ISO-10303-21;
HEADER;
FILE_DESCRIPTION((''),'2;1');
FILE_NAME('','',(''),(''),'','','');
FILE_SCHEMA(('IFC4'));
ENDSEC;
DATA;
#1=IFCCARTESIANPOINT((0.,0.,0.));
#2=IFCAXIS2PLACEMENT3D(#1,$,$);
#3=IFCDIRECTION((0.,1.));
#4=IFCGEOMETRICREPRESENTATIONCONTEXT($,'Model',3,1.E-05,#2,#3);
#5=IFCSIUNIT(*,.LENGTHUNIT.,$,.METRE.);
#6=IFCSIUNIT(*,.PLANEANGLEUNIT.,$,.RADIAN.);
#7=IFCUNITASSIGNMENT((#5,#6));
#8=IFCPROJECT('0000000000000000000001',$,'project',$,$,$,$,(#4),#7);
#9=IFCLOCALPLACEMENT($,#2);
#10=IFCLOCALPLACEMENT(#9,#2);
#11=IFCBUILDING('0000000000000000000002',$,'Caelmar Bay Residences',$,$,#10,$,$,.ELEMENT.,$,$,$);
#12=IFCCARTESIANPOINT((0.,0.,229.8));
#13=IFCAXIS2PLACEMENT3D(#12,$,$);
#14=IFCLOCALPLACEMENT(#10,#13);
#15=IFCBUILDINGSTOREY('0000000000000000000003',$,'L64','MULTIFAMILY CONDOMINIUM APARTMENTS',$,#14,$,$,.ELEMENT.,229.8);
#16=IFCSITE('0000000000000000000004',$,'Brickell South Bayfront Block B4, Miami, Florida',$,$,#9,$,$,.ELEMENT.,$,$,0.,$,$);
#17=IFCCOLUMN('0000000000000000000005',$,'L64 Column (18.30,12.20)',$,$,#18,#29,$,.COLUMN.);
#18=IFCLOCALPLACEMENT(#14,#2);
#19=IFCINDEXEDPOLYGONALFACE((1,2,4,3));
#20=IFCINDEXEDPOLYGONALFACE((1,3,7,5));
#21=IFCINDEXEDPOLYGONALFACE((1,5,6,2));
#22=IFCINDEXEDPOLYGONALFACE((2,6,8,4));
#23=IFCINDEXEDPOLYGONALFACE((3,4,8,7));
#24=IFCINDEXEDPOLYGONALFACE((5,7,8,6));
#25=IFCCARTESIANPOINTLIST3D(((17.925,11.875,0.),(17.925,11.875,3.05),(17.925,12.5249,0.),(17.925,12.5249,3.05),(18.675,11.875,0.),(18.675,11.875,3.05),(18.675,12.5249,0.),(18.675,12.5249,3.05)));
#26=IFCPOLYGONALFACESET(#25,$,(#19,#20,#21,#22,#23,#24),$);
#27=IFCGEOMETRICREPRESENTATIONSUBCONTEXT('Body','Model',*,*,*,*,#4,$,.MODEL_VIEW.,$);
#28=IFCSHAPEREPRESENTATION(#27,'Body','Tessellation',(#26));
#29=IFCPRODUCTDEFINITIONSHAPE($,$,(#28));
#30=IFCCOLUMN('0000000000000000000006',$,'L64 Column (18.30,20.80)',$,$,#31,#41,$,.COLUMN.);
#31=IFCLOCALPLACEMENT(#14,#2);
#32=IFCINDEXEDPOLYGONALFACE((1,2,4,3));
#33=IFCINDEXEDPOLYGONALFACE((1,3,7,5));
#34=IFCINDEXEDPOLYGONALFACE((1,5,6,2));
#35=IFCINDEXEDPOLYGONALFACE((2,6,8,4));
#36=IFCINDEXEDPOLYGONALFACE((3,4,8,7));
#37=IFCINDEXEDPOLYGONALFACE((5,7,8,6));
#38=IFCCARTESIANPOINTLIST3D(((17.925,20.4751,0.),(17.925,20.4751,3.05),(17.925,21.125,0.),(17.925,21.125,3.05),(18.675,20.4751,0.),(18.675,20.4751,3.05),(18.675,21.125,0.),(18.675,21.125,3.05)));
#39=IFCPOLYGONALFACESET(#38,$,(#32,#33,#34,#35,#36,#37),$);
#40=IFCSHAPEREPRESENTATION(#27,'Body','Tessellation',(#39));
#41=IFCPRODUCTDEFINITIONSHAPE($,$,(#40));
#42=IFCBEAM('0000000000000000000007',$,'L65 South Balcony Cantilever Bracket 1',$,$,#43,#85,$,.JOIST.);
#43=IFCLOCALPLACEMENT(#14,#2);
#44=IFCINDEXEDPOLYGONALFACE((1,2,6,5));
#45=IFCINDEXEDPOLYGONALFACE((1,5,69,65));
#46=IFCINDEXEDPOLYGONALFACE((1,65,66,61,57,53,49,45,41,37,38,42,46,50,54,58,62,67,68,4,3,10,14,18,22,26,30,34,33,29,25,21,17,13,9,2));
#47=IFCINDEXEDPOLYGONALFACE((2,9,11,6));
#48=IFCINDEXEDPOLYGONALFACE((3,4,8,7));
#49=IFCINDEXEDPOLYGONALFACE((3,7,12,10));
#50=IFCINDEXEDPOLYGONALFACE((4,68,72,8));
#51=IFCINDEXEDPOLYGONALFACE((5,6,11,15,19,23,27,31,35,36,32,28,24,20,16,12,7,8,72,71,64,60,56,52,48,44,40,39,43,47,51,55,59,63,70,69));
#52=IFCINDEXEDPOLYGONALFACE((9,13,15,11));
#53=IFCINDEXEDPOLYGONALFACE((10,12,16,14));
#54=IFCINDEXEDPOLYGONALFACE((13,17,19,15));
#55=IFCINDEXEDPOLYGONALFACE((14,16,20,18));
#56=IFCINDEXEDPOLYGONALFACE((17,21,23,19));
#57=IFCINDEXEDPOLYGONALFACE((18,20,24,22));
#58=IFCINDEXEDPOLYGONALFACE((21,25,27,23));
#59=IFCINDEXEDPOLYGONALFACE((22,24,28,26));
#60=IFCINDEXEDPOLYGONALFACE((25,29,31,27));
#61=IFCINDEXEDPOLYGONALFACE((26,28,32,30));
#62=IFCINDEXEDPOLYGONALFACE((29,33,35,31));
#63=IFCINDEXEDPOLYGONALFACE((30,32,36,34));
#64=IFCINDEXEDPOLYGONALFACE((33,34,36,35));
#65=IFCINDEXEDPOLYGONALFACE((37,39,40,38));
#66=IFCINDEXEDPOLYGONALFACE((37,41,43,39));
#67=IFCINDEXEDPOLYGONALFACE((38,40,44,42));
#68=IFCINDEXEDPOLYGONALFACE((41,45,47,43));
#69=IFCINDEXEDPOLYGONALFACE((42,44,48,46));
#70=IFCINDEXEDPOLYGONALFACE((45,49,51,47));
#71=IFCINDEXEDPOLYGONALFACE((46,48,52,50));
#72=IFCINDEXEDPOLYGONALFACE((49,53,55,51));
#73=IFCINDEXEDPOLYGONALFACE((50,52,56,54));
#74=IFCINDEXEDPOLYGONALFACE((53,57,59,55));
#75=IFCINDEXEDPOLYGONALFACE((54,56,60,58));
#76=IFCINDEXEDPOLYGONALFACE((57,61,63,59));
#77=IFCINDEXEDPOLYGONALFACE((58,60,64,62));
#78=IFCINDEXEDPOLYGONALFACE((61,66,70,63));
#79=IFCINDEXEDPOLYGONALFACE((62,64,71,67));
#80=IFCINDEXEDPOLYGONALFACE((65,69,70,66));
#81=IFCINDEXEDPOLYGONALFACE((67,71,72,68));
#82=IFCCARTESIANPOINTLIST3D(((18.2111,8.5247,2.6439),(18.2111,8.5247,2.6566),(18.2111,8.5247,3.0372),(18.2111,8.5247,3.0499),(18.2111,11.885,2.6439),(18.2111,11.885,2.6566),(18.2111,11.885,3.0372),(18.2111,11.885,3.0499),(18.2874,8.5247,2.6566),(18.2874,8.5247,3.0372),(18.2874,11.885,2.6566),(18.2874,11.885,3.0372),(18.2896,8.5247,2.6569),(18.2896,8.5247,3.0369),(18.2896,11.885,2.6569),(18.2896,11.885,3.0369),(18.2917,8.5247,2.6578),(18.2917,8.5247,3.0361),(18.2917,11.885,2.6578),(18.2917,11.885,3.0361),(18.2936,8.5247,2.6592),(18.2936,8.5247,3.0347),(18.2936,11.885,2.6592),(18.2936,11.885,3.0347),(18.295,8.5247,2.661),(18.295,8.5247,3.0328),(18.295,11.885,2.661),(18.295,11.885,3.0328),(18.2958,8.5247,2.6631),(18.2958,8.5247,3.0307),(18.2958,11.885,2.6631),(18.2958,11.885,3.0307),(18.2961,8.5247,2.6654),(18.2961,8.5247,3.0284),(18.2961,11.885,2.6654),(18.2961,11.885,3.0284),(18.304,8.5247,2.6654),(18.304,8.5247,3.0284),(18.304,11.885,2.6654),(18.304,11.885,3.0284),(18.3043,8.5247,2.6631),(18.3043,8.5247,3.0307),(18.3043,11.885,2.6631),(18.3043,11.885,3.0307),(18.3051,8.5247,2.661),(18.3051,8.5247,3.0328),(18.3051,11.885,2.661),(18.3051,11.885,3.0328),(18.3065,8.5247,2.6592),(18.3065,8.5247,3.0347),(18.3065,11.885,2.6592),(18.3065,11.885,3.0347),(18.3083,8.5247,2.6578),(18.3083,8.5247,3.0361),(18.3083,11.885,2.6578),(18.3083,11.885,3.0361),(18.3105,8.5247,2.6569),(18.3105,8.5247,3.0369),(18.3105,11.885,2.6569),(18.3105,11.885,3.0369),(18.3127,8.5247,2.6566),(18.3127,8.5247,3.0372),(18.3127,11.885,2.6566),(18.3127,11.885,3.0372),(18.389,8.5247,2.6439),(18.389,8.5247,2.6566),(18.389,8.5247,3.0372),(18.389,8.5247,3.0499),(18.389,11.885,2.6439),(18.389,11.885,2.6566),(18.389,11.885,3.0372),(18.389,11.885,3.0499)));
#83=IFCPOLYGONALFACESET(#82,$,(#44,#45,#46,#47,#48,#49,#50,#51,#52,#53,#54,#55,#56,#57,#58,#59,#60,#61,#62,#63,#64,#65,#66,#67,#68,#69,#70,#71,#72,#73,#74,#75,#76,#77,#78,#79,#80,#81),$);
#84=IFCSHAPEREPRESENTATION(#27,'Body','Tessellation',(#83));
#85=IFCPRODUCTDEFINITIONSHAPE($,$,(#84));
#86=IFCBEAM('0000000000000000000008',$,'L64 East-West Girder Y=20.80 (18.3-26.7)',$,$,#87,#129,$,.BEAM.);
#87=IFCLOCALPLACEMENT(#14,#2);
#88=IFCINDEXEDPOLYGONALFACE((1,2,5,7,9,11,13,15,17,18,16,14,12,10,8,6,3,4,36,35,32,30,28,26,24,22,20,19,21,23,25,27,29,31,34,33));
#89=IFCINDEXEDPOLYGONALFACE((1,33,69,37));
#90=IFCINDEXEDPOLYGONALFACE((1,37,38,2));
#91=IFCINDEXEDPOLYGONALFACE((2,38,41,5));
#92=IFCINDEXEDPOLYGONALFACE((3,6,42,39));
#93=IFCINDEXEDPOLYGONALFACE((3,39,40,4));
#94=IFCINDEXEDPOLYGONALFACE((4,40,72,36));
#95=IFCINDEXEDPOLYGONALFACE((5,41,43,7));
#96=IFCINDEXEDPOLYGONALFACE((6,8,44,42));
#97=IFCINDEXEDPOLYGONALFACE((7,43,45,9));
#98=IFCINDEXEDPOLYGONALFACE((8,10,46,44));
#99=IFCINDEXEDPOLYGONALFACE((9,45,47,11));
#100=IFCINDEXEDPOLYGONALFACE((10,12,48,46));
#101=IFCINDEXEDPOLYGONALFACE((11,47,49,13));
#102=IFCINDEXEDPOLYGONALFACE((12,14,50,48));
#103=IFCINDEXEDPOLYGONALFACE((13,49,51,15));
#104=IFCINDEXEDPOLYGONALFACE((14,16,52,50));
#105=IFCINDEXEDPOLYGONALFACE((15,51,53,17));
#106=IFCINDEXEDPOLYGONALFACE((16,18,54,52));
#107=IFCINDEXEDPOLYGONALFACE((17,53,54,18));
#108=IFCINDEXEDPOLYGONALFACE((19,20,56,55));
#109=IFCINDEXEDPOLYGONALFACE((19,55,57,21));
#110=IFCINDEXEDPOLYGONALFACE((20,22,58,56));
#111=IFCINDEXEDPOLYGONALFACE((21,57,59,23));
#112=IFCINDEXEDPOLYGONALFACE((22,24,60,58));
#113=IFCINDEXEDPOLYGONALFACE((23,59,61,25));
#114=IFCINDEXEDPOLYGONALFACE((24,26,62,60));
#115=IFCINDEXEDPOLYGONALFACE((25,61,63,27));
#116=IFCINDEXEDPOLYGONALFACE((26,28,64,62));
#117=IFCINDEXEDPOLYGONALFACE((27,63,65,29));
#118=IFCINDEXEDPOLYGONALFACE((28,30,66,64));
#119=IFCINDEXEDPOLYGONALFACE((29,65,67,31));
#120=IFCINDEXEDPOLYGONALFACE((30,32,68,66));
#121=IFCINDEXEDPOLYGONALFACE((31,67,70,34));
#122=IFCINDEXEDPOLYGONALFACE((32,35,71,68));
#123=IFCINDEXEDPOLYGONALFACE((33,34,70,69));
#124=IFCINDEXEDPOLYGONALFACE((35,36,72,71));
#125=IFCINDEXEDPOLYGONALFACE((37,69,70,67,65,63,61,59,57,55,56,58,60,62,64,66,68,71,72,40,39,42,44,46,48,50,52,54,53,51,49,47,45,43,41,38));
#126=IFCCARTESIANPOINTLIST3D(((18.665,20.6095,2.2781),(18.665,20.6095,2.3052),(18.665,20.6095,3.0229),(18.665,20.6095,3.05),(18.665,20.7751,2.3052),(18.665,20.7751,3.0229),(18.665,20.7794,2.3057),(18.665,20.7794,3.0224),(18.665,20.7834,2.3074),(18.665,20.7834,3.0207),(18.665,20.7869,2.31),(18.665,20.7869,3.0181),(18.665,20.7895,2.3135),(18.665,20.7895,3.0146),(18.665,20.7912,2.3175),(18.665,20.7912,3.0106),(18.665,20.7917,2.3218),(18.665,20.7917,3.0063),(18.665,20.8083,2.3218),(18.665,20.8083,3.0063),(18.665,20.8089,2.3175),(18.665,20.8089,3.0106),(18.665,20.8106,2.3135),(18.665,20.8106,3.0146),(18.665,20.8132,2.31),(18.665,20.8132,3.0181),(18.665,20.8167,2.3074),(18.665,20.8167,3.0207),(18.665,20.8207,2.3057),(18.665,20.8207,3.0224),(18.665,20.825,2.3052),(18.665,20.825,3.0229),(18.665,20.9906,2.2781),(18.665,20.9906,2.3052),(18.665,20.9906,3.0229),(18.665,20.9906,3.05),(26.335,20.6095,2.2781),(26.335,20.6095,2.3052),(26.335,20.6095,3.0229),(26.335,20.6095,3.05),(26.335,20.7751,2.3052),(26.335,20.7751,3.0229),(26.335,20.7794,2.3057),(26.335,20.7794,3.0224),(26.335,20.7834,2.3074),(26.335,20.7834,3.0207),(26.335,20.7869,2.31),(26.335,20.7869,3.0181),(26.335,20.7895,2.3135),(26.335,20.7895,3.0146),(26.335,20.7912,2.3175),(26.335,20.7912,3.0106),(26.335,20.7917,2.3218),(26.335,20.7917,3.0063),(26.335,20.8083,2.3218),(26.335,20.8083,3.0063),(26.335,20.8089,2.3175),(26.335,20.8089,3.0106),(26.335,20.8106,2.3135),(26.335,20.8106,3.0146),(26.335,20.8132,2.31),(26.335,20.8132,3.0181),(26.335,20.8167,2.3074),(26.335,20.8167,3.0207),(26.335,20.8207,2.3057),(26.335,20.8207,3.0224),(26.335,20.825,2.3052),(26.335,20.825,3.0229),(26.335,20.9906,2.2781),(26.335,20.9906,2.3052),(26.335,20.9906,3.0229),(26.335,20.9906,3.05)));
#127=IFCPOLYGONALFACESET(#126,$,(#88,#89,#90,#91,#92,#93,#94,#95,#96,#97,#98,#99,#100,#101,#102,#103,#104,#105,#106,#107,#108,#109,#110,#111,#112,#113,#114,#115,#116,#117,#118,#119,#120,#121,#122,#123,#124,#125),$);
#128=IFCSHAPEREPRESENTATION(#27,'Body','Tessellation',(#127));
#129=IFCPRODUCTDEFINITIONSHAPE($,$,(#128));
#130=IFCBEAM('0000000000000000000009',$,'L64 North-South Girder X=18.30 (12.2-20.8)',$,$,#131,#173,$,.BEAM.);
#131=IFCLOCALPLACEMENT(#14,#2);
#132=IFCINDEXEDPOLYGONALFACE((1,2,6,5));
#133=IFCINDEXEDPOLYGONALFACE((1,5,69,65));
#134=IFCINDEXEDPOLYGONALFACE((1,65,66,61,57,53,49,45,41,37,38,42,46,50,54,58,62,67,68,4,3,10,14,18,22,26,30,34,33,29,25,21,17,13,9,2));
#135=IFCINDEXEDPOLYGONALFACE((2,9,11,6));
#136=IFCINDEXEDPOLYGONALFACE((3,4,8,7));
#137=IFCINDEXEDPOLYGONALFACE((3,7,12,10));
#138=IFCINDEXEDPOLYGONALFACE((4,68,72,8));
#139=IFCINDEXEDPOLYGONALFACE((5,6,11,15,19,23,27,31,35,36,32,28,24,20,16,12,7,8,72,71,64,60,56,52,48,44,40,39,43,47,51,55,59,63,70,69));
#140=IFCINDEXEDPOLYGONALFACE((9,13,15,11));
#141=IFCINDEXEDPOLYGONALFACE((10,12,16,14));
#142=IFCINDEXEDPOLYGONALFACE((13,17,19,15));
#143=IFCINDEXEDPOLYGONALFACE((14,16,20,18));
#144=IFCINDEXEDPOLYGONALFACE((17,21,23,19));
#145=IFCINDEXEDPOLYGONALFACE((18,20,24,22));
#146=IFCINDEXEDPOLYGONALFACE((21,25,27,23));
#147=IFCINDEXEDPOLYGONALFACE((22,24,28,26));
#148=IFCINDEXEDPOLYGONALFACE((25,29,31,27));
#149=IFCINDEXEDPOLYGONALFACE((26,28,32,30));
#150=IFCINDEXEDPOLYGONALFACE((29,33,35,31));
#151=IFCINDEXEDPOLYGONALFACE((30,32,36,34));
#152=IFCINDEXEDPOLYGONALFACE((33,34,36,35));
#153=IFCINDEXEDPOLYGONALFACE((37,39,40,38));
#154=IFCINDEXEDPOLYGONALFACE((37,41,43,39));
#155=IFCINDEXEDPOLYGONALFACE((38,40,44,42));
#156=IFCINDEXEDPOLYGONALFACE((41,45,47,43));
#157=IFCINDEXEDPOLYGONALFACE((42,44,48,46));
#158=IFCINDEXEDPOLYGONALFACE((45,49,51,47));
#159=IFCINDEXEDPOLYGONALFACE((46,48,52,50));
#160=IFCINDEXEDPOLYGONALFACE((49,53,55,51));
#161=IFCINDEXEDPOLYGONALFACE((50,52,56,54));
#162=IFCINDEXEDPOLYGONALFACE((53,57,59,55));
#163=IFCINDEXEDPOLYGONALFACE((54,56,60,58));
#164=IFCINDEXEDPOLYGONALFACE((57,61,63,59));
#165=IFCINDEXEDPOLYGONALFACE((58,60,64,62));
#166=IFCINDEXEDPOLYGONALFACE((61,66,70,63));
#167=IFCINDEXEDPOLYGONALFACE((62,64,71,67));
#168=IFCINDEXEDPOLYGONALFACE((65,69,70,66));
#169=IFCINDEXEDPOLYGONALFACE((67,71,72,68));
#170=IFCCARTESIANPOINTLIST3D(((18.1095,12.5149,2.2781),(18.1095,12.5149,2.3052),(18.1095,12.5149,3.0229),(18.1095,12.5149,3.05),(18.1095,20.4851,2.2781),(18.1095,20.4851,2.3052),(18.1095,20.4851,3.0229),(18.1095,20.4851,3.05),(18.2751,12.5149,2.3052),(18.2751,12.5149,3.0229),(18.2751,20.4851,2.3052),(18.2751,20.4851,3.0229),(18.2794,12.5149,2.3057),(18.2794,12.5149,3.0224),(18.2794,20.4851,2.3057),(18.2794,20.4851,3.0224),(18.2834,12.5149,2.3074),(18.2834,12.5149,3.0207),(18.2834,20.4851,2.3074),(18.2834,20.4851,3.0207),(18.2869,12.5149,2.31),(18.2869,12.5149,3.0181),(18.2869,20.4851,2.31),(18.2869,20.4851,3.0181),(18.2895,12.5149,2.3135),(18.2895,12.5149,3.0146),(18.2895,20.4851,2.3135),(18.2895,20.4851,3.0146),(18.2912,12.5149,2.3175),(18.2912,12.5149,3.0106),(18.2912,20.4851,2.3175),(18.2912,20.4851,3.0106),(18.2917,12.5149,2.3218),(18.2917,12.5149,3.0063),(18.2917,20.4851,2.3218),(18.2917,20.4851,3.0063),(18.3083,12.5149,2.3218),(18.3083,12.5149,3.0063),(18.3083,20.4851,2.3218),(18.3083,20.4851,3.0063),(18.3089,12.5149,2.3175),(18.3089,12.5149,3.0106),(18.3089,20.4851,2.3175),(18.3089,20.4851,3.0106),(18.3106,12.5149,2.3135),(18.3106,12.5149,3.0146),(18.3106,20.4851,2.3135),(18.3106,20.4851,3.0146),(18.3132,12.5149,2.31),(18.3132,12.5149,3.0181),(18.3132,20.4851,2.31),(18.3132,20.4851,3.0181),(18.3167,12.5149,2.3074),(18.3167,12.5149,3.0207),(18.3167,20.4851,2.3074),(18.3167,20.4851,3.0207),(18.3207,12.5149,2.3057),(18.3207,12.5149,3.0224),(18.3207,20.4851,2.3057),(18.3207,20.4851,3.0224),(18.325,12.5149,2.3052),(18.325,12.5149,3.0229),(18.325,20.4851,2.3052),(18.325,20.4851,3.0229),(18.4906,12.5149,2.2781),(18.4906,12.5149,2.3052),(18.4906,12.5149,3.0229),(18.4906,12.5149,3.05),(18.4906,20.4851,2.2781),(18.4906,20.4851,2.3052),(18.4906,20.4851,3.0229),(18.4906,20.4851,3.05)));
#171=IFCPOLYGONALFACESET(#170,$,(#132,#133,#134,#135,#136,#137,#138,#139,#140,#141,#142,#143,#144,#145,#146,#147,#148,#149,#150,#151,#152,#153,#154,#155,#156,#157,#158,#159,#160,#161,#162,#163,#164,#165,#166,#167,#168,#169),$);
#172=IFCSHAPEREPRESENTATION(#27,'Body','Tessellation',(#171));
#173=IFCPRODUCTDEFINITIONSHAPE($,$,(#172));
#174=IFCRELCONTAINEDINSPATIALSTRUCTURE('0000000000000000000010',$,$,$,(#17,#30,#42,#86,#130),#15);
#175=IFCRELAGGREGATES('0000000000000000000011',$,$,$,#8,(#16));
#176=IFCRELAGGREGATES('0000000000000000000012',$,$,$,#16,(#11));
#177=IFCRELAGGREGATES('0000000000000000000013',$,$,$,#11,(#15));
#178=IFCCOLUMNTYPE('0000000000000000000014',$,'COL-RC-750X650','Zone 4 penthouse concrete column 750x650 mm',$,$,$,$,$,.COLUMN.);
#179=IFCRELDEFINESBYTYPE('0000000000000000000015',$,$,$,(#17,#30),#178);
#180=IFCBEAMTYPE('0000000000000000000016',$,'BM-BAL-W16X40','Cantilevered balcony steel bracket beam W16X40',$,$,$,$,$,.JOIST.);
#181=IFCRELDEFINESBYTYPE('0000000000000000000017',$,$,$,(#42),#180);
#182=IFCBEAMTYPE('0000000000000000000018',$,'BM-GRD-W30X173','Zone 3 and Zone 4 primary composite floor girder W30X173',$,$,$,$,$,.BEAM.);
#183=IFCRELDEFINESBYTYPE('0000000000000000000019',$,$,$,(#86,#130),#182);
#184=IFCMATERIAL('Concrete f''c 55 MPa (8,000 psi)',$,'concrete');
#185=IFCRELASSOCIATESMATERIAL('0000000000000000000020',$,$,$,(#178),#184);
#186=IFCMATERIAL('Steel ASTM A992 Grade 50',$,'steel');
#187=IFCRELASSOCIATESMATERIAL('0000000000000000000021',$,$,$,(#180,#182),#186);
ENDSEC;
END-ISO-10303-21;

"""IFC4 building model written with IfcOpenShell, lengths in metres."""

from ifc_helpers import new_model, si_unit, direction, frame, origin, origin_2d, place, context, subcontext, project, spatial, rectangle, i_section, extrude, material, material_profile, profile_set, type_object, element, save


model = new_model("IFC4")

# Units and contexts
model_context = context("Model", 3, precision=1e-05, world=origin(), true_north=direction((0.0, 1.0)))
body_context = subcontext(model_context, "Body", "Model", "MODEL_VIEW")
ifc_project = project(units=[si_unit("LENGTHUNIT", "METRE"), si_unit("PLANEANGLEUNIT", "RADIAN")], contexts=[model_context])

# Site, building, storey
site_placement = place(None, origin())
site = spatial("IfcSite", under=ifc_project, at=site_placement, Name="Brickell South Bayfront Block B4, Miami, Florida", CompositionType="ELEMENT", RefElevation=0.0)
building_placement = place(site_placement, origin())
building = spatial("IfcBuilding", under=site, at=building_placement, Name="Caelmar Bay Residences", CompositionType="ELEMENT")
storey_placement = place(building_placement, frame((0.0, 0.0, 229.8)))
storey = spatial("IfcBuildingStorey", under=building, at=storey_placement, Name="L64", Description="MULTIFAMILY CONDOMINIUM APARTMENTS", CompositionType="ELEMENT", Elevation=229.8)

# Columns
ifc_material_1 = material(Name="Concrete f'c 55 MPa (8,000 psi)", Category="concrete")
ifc_material_profile_1 = material_profile(ifc_material_1, rectangle(XDim=0.75, YDim=0.6499, at=origin_2d()), Name="RC-COL-750X650")
ifc_profile_set_1 = profile_set([ifc_material_profile_1], Name="Concrete f'c 55 MPa (8,000 psi)")
column_type = type_object("IfcColumnType", Name="COL-RC-750X650", Description="Zone 4 penthouse concrete column 750x650 mm", PredefinedType="COLUMN", material=ifc_profile_set_1)
for number, where, z_axis, x_axis, name in (
    (1, (18.3, 12.2, 0.0), (0.0, 0.0, 1.0), (1.0, 0.0, 0.0), "L64 Column (18.30,12.20)"),
    (2, (18.3, 20.8, 0.0), (0.0, 0.0, 1.0), (1.0, 0.0, 0.0), "L64 Column (18.30,20.80)"),
):
    element("IfcColumn", number, at=place(storey_placement, frame(where, z_axis=z_axis, x_axis=x_axis)), inside=storey, type_object=column_type, Name=name, PredefinedType="COLUMN", context=body_context, shape_type="SweptSolid", body=[
        extrude(rectangle(XDim=0.75, YDim=0.6499, at=origin_2d()), origin(), (0.0, 0.0, 1.0), 3.05),
    ])

# Beams
ifc_material_2 = material(Name="Steel ASTM A992 Grade 50", Category="steel")
ifc_material_profile_2 = material_profile(ifc_material_2, i_section(OverallWidth=0.178, OverallDepth=0.406, WebThickness=0.0078, FlangeThickness=0.0127, FilletRadius=0.0088, at=origin_2d()), Name="W16X40")
ifc_profile_set_2 = profile_set([ifc_material_profile_2], Name="Steel ASTM A992 Grade 50")
beam_type_1 = type_object("IfcBeamType", Name="BM-BAL-W16X40", Description="Cantilevered balcony steel bracket beam W16X40", PredefinedType="JOIST", material=ifc_profile_set_2)
beam_1_placement = place(storey_placement, frame((18.3, 11.885, 2.8469), z_axis=(0.0, -1.0, 0.0), x_axis=(1.0, 0.0, 0.0)))
element("IfcBeam", 3, at=beam_1_placement, inside=storey, type_object=beam_type_1, Name="L65 South Balcony Cantilever Bracket 1", PredefinedType="JOIST", context=body_context, shape_type="SweptSolid", body=[
    extrude(i_section(OverallWidth=0.178, OverallDepth=0.406, WebThickness=0.0078, FlangeThickness=0.0127, FilletRadius=0.0088, at=origin_2d()), origin(), (0.0, 0.0, 1.0), 3.3604),
])
ifc_material_profile_3 = material_profile(ifc_material_2, i_section(OverallWidth=0.3811, OverallDepth=0.772, WebThickness=0.0166, FlangeThickness=0.0271, FilletRadius=0.0166, at=origin_2d()), Name="W30X173")
ifc_profile_set_3 = profile_set([ifc_material_profile_3], Name="Steel ASTM A992 Grade 50")
beam_type_2 = type_object("IfcBeamType", Name="BM-GRD-W30X173", Description="Zone 3 and Zone 4 primary composite floor girder W30X173", PredefinedType="BEAM", material=ifc_profile_set_3)
beam_2_placement = place(storey_placement, frame((18.665, 20.8, 2.6641), z_axis=(1.0, 0.0, 0.0), x_axis=(0.0, 1.0, 0.0)))
element("IfcBeam", 4, at=beam_2_placement, inside=storey, type_object=beam_type_2, Name="L64 East-West Girder Y=20.80 (18.3-26.7)", PredefinedType="BEAM", context=body_context, shape_type="SweptSolid", body=[
    extrude(i_section(OverallWidth=0.3811, OverallDepth=0.772, WebThickness=0.0166, FlangeThickness=0.0271, FilletRadius=0.0166, at=origin_2d()), origin(), (0.0, 0.0, 1.0), 7.6699),
])
beam_3_placement = place(storey_placement, frame((18.3, 12.5149, 2.6641), z_axis=(0.0, 1.0, 0.0), x_axis=(-1.0, 0.0, 0.0)))
element("IfcBeam", 5, at=beam_3_placement, inside=storey, type_object=beam_type_2, Name="L64 North-South Girder X=18.30 (12.2-20.8)", PredefinedType="BEAM", context=body_context, shape_type="SweptSolid", body=[
    extrude(i_section(OverallWidth=0.3811, OverallDepth=0.772, WebThickness=0.0166, FlangeThickness=0.0271, FilletRadius=0.0166, at=origin_2d()), origin(), (0.0, 0.0, 1.0), 7.9702),
])

save(model, "model.ifc")
